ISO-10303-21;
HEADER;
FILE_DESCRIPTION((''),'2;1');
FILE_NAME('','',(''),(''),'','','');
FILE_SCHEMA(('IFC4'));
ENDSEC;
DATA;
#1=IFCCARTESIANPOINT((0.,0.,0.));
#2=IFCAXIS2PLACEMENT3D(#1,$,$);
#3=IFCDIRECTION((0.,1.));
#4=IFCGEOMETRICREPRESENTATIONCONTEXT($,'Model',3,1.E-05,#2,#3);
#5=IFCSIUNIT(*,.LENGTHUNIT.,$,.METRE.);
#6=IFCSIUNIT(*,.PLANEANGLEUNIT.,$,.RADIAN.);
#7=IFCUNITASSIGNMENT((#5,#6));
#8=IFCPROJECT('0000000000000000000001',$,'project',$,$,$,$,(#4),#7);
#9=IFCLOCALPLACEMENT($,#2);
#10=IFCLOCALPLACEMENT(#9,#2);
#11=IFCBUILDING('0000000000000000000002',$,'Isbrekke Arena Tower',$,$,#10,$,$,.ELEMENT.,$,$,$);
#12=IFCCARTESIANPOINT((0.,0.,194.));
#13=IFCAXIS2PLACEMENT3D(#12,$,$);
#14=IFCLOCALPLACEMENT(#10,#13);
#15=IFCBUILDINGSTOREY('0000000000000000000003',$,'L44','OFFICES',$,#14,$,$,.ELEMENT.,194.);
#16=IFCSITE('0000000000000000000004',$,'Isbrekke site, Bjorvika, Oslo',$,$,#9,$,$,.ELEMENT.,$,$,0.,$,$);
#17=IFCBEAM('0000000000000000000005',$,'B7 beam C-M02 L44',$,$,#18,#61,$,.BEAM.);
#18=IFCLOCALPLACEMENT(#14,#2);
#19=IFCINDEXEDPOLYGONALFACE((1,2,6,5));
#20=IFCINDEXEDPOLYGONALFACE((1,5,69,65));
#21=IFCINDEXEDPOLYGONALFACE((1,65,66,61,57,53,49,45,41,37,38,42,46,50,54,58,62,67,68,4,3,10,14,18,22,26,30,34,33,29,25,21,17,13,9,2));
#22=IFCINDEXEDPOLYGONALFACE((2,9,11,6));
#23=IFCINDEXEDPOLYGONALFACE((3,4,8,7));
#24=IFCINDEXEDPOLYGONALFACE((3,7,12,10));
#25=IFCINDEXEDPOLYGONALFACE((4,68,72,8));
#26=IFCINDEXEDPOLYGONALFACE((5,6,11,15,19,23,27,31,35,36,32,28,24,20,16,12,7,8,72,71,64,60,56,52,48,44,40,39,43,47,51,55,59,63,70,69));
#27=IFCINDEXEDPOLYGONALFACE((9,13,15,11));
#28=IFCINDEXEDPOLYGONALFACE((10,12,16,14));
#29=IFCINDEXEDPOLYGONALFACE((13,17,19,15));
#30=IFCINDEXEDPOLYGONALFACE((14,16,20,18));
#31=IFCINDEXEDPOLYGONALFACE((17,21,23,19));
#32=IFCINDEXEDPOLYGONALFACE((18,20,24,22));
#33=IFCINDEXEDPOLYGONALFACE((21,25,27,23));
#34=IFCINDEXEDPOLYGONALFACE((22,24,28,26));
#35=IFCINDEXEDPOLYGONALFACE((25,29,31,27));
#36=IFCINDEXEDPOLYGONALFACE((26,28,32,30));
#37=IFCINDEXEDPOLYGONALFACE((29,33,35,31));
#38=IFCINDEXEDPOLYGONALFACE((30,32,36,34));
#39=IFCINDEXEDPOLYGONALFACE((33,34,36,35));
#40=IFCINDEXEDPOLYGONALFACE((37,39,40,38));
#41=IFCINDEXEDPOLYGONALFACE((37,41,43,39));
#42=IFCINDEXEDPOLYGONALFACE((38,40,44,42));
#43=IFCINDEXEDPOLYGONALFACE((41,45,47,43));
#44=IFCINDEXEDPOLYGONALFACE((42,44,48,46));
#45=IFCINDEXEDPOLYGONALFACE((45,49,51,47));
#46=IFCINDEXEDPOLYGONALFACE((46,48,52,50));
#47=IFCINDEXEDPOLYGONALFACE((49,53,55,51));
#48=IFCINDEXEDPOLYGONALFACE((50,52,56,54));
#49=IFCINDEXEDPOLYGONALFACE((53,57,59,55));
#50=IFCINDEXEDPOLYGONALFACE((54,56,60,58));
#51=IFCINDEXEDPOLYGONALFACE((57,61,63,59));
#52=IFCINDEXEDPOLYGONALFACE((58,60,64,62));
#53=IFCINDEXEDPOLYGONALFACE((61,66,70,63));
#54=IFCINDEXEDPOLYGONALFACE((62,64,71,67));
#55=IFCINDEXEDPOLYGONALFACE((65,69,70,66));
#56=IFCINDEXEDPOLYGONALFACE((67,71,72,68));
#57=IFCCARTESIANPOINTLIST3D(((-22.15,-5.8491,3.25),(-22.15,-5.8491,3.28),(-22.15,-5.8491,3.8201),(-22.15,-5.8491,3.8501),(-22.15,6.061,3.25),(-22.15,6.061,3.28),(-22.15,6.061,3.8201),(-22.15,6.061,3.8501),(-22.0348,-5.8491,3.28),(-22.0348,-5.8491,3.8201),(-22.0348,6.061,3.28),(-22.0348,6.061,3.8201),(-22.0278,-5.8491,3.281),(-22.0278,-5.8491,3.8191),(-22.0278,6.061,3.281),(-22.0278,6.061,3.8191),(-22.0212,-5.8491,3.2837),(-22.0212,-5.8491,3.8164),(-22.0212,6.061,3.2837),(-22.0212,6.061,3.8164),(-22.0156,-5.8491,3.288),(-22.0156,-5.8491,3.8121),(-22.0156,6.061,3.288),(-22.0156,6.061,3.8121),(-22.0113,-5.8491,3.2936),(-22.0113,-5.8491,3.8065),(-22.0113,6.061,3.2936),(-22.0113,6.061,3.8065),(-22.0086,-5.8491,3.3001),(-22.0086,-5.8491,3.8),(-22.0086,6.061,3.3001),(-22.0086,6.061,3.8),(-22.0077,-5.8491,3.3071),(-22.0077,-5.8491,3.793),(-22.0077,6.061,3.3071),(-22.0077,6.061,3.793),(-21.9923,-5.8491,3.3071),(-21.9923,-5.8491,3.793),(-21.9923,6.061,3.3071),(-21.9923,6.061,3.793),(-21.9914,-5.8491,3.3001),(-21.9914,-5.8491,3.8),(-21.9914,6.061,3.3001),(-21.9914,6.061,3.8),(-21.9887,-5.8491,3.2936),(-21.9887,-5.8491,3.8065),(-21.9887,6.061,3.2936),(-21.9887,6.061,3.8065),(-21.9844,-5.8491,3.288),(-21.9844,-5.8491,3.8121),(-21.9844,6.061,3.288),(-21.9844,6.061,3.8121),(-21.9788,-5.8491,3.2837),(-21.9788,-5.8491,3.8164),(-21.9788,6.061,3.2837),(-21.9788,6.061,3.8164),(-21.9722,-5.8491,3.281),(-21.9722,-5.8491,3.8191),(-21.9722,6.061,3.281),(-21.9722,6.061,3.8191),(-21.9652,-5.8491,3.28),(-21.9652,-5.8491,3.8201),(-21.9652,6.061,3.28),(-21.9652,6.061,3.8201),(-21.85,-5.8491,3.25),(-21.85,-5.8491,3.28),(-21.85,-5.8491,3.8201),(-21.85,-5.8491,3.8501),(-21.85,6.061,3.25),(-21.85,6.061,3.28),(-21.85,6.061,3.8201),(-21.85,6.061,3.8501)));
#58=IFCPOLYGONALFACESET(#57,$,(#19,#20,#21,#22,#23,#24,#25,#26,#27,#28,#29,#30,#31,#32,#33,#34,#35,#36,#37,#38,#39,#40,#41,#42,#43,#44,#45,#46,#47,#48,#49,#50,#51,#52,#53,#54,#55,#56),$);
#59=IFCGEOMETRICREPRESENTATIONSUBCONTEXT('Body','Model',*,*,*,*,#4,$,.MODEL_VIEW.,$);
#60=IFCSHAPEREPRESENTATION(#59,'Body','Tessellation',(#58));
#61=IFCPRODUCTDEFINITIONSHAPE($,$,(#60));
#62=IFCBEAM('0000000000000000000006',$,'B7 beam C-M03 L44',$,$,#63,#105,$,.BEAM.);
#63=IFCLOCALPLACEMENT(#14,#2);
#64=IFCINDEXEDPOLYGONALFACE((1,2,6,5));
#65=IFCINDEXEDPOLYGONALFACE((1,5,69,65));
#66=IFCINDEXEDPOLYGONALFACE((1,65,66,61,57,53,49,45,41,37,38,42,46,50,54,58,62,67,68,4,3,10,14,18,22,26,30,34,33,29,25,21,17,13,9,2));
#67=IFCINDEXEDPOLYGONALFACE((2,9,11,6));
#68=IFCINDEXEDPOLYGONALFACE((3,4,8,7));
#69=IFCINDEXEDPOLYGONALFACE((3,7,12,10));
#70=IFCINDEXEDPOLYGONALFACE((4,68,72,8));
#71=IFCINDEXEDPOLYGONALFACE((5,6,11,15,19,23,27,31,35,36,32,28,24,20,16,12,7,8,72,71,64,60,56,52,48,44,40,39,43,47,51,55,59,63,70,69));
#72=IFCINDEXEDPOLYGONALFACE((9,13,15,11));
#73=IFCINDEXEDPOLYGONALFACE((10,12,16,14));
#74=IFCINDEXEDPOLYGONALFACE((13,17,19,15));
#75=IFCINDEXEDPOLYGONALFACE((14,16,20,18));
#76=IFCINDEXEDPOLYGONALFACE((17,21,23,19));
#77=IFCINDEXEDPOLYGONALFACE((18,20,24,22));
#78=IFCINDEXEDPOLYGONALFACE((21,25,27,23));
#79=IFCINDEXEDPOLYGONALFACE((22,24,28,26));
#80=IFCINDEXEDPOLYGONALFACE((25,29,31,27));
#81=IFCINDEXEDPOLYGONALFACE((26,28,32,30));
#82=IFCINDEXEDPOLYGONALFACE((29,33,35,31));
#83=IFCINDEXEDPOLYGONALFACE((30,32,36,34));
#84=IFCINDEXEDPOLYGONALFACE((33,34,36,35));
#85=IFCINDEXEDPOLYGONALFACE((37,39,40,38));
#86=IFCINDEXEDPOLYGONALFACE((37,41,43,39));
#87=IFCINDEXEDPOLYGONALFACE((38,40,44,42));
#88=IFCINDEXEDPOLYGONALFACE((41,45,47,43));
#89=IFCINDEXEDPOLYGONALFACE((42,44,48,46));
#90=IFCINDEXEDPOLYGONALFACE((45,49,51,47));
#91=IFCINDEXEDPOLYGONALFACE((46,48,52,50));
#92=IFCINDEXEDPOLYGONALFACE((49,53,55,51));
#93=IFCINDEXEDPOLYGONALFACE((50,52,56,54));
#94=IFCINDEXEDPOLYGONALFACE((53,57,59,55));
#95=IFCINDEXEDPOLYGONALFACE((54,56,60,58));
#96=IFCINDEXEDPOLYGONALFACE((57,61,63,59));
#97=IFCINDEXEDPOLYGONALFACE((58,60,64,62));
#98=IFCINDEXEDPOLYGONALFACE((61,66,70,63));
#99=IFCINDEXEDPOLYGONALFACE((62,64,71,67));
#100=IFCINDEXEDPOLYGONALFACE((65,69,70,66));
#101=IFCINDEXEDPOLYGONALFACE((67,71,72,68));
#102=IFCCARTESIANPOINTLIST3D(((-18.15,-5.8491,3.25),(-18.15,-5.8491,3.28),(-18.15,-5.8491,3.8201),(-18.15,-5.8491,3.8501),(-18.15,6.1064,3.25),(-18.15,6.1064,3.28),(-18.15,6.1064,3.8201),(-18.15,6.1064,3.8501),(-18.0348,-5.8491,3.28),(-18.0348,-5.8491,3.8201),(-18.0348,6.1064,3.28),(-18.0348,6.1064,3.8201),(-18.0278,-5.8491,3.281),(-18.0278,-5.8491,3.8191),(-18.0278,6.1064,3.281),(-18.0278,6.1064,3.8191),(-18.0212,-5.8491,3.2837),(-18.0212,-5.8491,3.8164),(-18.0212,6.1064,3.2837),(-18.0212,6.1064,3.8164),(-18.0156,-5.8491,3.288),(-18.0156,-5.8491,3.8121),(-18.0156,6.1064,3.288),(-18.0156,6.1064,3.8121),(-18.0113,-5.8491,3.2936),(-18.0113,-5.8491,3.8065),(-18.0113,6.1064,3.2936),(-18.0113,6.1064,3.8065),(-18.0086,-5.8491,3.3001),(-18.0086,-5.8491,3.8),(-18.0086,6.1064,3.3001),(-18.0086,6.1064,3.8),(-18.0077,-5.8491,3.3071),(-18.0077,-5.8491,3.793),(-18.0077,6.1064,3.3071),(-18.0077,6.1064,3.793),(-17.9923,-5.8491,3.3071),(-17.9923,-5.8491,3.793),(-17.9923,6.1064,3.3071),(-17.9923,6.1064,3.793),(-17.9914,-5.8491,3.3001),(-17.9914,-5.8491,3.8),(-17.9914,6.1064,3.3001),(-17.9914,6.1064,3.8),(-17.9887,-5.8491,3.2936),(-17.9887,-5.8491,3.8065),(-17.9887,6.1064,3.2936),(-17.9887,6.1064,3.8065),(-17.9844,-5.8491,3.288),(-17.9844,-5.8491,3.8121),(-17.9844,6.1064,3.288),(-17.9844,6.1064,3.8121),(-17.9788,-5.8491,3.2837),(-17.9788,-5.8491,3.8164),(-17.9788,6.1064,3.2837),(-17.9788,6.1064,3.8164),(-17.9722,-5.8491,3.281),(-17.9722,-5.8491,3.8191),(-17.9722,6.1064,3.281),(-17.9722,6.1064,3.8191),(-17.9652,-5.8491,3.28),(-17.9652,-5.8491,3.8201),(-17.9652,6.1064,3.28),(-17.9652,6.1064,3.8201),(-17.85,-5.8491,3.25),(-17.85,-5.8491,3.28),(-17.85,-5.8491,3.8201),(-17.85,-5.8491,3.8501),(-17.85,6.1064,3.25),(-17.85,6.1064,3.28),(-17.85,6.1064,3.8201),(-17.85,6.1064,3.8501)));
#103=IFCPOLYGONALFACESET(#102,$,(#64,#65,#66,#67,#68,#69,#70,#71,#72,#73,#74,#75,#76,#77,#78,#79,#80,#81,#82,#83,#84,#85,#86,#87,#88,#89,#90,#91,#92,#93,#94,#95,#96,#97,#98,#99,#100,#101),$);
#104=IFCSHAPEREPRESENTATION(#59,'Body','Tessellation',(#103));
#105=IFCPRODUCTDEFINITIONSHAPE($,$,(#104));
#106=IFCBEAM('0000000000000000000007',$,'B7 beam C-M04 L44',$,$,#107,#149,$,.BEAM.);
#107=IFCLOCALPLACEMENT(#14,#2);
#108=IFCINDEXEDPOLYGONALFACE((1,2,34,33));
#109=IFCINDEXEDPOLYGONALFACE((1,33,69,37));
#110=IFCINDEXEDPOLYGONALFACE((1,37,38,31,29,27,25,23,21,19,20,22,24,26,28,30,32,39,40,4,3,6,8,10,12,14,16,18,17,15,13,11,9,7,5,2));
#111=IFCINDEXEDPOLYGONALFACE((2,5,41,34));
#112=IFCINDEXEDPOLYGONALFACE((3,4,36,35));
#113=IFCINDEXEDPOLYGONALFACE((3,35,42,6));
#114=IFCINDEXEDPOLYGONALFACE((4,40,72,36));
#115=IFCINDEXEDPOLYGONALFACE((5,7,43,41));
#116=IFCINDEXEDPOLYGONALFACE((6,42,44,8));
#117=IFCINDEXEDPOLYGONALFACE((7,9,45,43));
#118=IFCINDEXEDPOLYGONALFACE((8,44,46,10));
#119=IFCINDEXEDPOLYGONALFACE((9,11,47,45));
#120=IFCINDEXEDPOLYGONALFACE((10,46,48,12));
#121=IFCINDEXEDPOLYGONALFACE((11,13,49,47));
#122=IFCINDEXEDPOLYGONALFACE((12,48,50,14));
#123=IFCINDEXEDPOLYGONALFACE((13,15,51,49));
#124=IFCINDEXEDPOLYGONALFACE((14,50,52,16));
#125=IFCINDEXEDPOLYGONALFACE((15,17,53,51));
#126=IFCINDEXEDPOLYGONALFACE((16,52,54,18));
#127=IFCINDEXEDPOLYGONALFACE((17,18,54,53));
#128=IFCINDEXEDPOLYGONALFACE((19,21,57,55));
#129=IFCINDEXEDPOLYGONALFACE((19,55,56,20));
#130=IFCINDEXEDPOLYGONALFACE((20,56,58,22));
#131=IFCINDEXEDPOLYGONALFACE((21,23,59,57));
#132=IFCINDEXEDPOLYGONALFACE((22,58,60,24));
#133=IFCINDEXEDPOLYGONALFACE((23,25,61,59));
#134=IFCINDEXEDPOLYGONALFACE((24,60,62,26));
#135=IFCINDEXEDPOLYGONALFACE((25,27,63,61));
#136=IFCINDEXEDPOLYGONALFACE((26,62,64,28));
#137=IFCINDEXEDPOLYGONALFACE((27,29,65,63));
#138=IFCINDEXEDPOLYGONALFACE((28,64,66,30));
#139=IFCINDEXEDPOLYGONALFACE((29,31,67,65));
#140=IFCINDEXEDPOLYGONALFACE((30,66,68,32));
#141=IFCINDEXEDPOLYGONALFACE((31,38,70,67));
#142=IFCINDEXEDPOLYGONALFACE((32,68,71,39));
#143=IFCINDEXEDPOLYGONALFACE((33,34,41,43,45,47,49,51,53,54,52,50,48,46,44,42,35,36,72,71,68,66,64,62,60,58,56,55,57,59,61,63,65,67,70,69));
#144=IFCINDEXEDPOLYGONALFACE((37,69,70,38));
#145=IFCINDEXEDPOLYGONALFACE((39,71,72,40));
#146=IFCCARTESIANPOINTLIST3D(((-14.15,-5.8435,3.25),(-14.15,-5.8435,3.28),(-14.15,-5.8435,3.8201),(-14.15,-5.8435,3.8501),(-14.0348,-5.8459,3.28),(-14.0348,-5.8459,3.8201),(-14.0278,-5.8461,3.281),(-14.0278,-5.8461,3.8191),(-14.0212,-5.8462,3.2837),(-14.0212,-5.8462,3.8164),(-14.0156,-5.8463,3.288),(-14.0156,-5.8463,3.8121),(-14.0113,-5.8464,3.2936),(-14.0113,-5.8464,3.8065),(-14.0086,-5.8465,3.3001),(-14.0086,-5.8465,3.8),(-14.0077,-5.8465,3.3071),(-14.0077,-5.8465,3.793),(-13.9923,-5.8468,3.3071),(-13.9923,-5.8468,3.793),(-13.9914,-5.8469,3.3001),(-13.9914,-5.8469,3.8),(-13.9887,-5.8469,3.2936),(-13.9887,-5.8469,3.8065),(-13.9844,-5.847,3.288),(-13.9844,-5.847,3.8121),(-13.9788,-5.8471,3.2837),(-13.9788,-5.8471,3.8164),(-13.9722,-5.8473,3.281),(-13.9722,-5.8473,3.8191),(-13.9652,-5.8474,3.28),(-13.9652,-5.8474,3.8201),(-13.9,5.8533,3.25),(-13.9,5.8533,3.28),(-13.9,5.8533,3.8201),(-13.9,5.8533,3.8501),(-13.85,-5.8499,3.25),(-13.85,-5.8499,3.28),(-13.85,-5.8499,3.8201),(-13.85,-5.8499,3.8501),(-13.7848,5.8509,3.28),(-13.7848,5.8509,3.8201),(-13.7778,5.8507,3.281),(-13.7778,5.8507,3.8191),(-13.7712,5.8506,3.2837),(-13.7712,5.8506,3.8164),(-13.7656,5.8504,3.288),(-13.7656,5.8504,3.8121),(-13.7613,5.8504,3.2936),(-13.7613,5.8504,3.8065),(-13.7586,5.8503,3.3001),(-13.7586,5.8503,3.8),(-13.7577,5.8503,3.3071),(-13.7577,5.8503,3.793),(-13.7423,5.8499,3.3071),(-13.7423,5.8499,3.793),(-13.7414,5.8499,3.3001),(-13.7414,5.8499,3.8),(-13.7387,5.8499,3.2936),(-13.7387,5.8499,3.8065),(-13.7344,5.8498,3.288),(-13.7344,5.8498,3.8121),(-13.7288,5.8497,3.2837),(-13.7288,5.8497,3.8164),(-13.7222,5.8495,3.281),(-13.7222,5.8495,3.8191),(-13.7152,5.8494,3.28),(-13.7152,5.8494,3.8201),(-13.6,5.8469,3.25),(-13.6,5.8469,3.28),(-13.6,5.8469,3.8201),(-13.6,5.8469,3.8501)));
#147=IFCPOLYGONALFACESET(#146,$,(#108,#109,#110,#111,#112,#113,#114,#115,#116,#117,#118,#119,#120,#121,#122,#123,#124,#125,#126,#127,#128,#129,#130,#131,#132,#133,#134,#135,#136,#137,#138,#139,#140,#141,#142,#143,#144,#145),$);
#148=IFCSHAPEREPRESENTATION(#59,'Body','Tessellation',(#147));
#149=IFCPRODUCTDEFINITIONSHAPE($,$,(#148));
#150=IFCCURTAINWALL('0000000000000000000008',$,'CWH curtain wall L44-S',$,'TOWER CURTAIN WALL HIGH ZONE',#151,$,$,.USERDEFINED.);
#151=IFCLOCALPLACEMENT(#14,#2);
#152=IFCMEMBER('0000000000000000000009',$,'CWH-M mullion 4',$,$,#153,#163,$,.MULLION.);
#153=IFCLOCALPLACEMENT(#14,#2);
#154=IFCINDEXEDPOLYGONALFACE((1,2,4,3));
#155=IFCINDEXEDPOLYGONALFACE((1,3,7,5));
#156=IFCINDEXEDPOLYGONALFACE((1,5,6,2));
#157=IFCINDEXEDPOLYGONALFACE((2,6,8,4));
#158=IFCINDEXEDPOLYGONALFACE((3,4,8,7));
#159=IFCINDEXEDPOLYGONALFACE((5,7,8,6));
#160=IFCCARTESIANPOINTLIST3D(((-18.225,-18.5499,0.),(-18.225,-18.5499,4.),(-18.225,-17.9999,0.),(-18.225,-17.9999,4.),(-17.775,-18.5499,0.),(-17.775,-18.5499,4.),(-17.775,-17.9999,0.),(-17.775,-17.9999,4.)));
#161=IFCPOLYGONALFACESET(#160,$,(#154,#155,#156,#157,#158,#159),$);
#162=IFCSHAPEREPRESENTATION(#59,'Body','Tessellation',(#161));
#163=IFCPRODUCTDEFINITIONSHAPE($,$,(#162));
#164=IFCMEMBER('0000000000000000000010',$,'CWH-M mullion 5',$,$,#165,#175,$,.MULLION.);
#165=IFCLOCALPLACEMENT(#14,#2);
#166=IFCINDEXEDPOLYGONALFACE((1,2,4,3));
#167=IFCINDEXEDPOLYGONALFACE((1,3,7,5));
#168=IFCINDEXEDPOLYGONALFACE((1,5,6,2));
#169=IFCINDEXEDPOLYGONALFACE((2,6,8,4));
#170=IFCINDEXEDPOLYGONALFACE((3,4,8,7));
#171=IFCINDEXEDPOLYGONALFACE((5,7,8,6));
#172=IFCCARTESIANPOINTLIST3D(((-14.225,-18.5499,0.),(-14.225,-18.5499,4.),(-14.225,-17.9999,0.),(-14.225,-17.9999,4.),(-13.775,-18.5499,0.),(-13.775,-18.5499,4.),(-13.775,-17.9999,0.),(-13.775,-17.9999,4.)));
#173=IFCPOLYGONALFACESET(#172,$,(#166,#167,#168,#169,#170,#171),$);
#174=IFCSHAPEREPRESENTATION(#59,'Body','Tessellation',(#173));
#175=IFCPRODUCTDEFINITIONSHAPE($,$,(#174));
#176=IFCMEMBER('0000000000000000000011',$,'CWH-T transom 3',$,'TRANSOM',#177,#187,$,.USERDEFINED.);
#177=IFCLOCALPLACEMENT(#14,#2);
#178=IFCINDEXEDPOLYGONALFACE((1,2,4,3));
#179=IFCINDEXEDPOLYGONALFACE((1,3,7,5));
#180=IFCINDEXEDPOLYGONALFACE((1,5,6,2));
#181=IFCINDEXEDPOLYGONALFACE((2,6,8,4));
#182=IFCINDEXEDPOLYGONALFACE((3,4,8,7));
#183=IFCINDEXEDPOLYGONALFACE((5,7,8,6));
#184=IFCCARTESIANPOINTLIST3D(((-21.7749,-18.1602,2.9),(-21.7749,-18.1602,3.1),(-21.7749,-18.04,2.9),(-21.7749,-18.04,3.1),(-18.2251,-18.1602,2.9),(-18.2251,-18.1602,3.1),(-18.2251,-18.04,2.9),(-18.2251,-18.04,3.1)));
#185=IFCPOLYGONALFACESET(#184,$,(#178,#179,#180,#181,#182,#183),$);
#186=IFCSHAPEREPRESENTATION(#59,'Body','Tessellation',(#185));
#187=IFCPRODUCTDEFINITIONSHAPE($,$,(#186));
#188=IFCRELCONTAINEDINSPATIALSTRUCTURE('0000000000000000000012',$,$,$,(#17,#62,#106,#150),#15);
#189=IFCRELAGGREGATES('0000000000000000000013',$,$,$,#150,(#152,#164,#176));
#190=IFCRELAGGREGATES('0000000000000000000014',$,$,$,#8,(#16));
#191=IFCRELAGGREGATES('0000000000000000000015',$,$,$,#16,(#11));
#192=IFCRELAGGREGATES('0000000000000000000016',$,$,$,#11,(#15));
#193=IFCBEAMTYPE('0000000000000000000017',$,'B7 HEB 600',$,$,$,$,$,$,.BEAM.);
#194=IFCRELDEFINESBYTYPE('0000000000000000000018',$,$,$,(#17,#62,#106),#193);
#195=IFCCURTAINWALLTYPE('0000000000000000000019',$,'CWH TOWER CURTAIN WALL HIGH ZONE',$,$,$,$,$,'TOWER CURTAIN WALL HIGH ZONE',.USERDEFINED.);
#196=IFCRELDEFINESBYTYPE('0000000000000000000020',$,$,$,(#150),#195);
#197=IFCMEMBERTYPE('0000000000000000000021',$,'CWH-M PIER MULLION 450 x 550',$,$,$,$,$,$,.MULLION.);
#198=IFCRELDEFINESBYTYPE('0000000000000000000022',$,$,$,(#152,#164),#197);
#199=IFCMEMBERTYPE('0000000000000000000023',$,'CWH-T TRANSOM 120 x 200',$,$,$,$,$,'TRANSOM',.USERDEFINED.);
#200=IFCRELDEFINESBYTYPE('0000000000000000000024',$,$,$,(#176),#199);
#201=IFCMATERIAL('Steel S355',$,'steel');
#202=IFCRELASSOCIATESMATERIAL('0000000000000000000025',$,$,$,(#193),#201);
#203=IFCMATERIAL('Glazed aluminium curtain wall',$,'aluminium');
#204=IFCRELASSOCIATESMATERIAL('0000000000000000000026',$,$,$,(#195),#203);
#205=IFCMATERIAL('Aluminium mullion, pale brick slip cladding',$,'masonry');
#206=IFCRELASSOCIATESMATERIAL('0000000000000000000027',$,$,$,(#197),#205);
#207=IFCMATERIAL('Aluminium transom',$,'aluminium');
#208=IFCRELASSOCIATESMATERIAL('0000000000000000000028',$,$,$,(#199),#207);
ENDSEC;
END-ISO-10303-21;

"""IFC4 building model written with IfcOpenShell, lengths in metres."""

from ifc_helpers import new_model, si_unit, direction, frame, origin, origin_2d, place, context, subcontext, project, spatial, rectangle, i_section, extrude, material, material_profile, profile_set, type_object, element, aggregate, save


model = new_model("IFC4")

# Units and contexts
model_context = context("Model", 3, precision=1e-05, world=origin(), true_north=direction((0.0, 1.0)))
body_context = subcontext(model_context, "Body", "Model", "MODEL_VIEW")
ifc_project = project(units=[si_unit("LENGTHUNIT", "METRE"), si_unit("PLANEANGLEUNIT", "RADIAN")], contexts=[model_context])

# Site, building, storey
site_placement = place(None, origin())
site = spatial("IfcSite", under=ifc_project, at=site_placement, Name="Isbrekke site, Bjorvika, Oslo", CompositionType="ELEMENT", RefElevation=0.0)
building_placement = place(site_placement, origin())
building = spatial("IfcBuilding", under=site, at=building_placement, Name="Isbrekke Arena Tower", CompositionType="ELEMENT")
storey_placement = place(building_placement, frame((0.0, 0.0, 194.0)))
storey = spatial("IfcBuildingStorey", under=building, at=storey_placement, Name="L44", Description="OFFICES", CompositionType="ELEMENT", Elevation=194.0)

# Beams
ifc_material_1 = material(Name="Steel S355", Category="steel")
ifc_material_profile_1 = material_profile(ifc_material_1, i_section(OverallWidth=0.3, OverallDepth=0.6001, WebThickness=0.0154, FlangeThickness=0.03, FilletRadius=0.0271, at=origin_2d()), Name="HEB 600")
ifc_profile_set_1 = profile_set([ifc_material_profile_1], Name="Steel S355")
beam_type_1 = type_object("IfcBeamType", Name="B7 HEB 600", PredefinedType="BEAM", material=ifc_profile_set_1)
beam_1_placement = place(storey_placement, frame((-22.0, -5.8491, 3.55), z_axis=(0.0, 1.0, 0.0), x_axis=(-1.0, 0.0, 0.0)))
element("IfcBeam", 1, at=beam_1_placement, inside=storey, type_object=beam_type_1, Name="B7 beam C-M02 L44", PredefinedType="BEAM", context=body_context, shape_type="SweptSolid", body=[
    extrude(i_section(OverallWidth=0.3, OverallDepth=0.6001, WebThickness=0.0154, FlangeThickness=0.03, FilletRadius=0.0271, at=origin_2d()), origin(), (0.0, 0.0, 1.0), 11.9102),
])
beam_2_placement = place(storey_placement, frame((-18.0, -5.8491, 3.55), z_axis=(0.0, 1.0, 0.0), x_axis=(-1.0, 0.0, 0.0)))
element("IfcBeam", 2, at=beam_2_placement, inside=storey, type_object=beam_type_1, Name="B7 beam C-M03 L44", PredefinedType="BEAM", context=body_context, shape_type="SweptSolid", body=[
    extrude(i_section(OverallWidth=0.3, OverallDepth=0.6001, WebThickness=0.0154, FlangeThickness=0.03, FilletRadius=0.0271, at=origin_2d()), origin(), (0.0, 0.0, 1.0), 11.9556),
])
beam_3_placement = place(storey_placement, frame((-14.0, -5.8467, 3.55), z_axis=(0.021369, 0.999772, 0.0), x_axis=(-0.999772, 0.021369, 0.0)))
element("IfcBeam", 3, at=beam_3_placement, inside=storey, type_object=beam_type_1, Name="B7 beam C-M04 L44", PredefinedType="BEAM", context=body_context, shape_type="SweptSolid", body=[
    extrude(i_section(OverallWidth=0.3, OverallDepth=0.6001, WebThickness=0.0154, FlangeThickness=0.03, FilletRadius=0.0271, at=origin_2d()), origin(), (0.0, 0.0, 1.0), 11.6995),
])

# Curtain wall, members
ifc_material_2 = material(Name="Glazed aluminium curtain wall", Category="aluminium")
curtain_wall_type = type_object("IfcCurtainWallType", Name="CWH TOWER CURTAIN WALL HIGH ZONE", ElementType="TOWER CURTAIN WALL HIGH ZONE", PredefinedType="USERDEFINED", material=ifc_material_2)
curtain_wall_placement = place(storey_placement, origin())
curtain_wall = element("IfcCurtainWall", 4, at=curtain_wall_placement, inside=storey, type_object=curtain_wall_type, Name="CWH curtain wall L44-S", ObjectType="TOWER CURTAIN WALL HIGH ZONE", PredefinedType="USERDEFINED")
ifc_material_3 = material(Name="Aluminium mullion, pale brick slip cladding", Category="masonry")
ifc_material_profile_2 = material_profile(ifc_material_3, rectangle(XDim=0.45, YDim=0.55, at=origin_2d()), Name="PIER 450X550")
ifc_profile_set_2 = profile_set([ifc_material_profile_2], Name="Aluminium mullion, pale brick slip cladding")
member_type_1 = type_object("IfcMemberType", Name="CWH-M PIER MULLION 450 x 550", PredefinedType="MULLION", material=ifc_profile_set_2)
member_1_placement = place(storey_placement, frame((-18.0, -18.2749, 0.0), z_axis=(0.0, 0.0, 1.0), x_axis=(1.0, 0.0, 0.0)))
member_1 = element("IfcMember", 5, at=member_1_placement, type_object=member_type_1, Name="CWH-M mullion 4", PredefinedType="MULLION", context=body_context, shape_type="SweptSolid", body=[
    extrude(rectangle(XDim=0.45, YDim=0.55, at=origin_2d()), origin(), (0.0, 0.0, 1.0), 4.0),
])
member_2_placement = place(storey_placement, frame((-14.0, -18.2749, 0.0), z_axis=(0.0, 0.0, 1.0), x_axis=(1.0, 0.0, 0.0)))
member_2 = element("IfcMember", 6, at=member_2_placement, type_object=member_type_1, Name="CWH-M mullion 5", PredefinedType="MULLION", context=body_context, shape_type="SweptSolid", body=[
    extrude(rectangle(XDim=0.45, YDim=0.55, at=origin_2d()), origin(), (0.0, 0.0, 1.0), 4.0),
])
ifc_material_4 = material(Name="Aluminium transom", Category="aluminium")
ifc_material_profile_3 = material_profile(ifc_material_4, rectangle(XDim=0.1201, YDim=0.2, at=origin_2d()), Name="TRANSOM 120X200")
ifc_profile_set_3 = profile_set([ifc_material_profile_3], Name="Aluminium transom")
member_type_2 = type_object("IfcMemberType", Name="CWH-T TRANSOM 120 x 200", ElementType="TRANSOM", PredefinedType="USERDEFINED", material=ifc_profile_set_3)
member_3_placement = place(storey_placement, frame((-21.7749, -18.1001, 3.0), z_axis=(1.0, 0.0, 0.0), x_axis=(0.0, 1.0, 0.0)))
member_3 = element("IfcMember", 7, at=member_3_placement, type_object=member_type_2, Name="CWH-T transom 3", ObjectType="TRANSOM", PredefinedType="USERDEFINED", context=body_context, shape_type="SweptSolid", body=[
    extrude(rectangle(XDim=0.1201, YDim=0.2, at=origin_2d()), origin(), (0.0, 0.0, 1.0), 3.5498),
])

aggregate(curtain_wall, [member_1, member_2, member_3])

save(model, "model.ifc")
